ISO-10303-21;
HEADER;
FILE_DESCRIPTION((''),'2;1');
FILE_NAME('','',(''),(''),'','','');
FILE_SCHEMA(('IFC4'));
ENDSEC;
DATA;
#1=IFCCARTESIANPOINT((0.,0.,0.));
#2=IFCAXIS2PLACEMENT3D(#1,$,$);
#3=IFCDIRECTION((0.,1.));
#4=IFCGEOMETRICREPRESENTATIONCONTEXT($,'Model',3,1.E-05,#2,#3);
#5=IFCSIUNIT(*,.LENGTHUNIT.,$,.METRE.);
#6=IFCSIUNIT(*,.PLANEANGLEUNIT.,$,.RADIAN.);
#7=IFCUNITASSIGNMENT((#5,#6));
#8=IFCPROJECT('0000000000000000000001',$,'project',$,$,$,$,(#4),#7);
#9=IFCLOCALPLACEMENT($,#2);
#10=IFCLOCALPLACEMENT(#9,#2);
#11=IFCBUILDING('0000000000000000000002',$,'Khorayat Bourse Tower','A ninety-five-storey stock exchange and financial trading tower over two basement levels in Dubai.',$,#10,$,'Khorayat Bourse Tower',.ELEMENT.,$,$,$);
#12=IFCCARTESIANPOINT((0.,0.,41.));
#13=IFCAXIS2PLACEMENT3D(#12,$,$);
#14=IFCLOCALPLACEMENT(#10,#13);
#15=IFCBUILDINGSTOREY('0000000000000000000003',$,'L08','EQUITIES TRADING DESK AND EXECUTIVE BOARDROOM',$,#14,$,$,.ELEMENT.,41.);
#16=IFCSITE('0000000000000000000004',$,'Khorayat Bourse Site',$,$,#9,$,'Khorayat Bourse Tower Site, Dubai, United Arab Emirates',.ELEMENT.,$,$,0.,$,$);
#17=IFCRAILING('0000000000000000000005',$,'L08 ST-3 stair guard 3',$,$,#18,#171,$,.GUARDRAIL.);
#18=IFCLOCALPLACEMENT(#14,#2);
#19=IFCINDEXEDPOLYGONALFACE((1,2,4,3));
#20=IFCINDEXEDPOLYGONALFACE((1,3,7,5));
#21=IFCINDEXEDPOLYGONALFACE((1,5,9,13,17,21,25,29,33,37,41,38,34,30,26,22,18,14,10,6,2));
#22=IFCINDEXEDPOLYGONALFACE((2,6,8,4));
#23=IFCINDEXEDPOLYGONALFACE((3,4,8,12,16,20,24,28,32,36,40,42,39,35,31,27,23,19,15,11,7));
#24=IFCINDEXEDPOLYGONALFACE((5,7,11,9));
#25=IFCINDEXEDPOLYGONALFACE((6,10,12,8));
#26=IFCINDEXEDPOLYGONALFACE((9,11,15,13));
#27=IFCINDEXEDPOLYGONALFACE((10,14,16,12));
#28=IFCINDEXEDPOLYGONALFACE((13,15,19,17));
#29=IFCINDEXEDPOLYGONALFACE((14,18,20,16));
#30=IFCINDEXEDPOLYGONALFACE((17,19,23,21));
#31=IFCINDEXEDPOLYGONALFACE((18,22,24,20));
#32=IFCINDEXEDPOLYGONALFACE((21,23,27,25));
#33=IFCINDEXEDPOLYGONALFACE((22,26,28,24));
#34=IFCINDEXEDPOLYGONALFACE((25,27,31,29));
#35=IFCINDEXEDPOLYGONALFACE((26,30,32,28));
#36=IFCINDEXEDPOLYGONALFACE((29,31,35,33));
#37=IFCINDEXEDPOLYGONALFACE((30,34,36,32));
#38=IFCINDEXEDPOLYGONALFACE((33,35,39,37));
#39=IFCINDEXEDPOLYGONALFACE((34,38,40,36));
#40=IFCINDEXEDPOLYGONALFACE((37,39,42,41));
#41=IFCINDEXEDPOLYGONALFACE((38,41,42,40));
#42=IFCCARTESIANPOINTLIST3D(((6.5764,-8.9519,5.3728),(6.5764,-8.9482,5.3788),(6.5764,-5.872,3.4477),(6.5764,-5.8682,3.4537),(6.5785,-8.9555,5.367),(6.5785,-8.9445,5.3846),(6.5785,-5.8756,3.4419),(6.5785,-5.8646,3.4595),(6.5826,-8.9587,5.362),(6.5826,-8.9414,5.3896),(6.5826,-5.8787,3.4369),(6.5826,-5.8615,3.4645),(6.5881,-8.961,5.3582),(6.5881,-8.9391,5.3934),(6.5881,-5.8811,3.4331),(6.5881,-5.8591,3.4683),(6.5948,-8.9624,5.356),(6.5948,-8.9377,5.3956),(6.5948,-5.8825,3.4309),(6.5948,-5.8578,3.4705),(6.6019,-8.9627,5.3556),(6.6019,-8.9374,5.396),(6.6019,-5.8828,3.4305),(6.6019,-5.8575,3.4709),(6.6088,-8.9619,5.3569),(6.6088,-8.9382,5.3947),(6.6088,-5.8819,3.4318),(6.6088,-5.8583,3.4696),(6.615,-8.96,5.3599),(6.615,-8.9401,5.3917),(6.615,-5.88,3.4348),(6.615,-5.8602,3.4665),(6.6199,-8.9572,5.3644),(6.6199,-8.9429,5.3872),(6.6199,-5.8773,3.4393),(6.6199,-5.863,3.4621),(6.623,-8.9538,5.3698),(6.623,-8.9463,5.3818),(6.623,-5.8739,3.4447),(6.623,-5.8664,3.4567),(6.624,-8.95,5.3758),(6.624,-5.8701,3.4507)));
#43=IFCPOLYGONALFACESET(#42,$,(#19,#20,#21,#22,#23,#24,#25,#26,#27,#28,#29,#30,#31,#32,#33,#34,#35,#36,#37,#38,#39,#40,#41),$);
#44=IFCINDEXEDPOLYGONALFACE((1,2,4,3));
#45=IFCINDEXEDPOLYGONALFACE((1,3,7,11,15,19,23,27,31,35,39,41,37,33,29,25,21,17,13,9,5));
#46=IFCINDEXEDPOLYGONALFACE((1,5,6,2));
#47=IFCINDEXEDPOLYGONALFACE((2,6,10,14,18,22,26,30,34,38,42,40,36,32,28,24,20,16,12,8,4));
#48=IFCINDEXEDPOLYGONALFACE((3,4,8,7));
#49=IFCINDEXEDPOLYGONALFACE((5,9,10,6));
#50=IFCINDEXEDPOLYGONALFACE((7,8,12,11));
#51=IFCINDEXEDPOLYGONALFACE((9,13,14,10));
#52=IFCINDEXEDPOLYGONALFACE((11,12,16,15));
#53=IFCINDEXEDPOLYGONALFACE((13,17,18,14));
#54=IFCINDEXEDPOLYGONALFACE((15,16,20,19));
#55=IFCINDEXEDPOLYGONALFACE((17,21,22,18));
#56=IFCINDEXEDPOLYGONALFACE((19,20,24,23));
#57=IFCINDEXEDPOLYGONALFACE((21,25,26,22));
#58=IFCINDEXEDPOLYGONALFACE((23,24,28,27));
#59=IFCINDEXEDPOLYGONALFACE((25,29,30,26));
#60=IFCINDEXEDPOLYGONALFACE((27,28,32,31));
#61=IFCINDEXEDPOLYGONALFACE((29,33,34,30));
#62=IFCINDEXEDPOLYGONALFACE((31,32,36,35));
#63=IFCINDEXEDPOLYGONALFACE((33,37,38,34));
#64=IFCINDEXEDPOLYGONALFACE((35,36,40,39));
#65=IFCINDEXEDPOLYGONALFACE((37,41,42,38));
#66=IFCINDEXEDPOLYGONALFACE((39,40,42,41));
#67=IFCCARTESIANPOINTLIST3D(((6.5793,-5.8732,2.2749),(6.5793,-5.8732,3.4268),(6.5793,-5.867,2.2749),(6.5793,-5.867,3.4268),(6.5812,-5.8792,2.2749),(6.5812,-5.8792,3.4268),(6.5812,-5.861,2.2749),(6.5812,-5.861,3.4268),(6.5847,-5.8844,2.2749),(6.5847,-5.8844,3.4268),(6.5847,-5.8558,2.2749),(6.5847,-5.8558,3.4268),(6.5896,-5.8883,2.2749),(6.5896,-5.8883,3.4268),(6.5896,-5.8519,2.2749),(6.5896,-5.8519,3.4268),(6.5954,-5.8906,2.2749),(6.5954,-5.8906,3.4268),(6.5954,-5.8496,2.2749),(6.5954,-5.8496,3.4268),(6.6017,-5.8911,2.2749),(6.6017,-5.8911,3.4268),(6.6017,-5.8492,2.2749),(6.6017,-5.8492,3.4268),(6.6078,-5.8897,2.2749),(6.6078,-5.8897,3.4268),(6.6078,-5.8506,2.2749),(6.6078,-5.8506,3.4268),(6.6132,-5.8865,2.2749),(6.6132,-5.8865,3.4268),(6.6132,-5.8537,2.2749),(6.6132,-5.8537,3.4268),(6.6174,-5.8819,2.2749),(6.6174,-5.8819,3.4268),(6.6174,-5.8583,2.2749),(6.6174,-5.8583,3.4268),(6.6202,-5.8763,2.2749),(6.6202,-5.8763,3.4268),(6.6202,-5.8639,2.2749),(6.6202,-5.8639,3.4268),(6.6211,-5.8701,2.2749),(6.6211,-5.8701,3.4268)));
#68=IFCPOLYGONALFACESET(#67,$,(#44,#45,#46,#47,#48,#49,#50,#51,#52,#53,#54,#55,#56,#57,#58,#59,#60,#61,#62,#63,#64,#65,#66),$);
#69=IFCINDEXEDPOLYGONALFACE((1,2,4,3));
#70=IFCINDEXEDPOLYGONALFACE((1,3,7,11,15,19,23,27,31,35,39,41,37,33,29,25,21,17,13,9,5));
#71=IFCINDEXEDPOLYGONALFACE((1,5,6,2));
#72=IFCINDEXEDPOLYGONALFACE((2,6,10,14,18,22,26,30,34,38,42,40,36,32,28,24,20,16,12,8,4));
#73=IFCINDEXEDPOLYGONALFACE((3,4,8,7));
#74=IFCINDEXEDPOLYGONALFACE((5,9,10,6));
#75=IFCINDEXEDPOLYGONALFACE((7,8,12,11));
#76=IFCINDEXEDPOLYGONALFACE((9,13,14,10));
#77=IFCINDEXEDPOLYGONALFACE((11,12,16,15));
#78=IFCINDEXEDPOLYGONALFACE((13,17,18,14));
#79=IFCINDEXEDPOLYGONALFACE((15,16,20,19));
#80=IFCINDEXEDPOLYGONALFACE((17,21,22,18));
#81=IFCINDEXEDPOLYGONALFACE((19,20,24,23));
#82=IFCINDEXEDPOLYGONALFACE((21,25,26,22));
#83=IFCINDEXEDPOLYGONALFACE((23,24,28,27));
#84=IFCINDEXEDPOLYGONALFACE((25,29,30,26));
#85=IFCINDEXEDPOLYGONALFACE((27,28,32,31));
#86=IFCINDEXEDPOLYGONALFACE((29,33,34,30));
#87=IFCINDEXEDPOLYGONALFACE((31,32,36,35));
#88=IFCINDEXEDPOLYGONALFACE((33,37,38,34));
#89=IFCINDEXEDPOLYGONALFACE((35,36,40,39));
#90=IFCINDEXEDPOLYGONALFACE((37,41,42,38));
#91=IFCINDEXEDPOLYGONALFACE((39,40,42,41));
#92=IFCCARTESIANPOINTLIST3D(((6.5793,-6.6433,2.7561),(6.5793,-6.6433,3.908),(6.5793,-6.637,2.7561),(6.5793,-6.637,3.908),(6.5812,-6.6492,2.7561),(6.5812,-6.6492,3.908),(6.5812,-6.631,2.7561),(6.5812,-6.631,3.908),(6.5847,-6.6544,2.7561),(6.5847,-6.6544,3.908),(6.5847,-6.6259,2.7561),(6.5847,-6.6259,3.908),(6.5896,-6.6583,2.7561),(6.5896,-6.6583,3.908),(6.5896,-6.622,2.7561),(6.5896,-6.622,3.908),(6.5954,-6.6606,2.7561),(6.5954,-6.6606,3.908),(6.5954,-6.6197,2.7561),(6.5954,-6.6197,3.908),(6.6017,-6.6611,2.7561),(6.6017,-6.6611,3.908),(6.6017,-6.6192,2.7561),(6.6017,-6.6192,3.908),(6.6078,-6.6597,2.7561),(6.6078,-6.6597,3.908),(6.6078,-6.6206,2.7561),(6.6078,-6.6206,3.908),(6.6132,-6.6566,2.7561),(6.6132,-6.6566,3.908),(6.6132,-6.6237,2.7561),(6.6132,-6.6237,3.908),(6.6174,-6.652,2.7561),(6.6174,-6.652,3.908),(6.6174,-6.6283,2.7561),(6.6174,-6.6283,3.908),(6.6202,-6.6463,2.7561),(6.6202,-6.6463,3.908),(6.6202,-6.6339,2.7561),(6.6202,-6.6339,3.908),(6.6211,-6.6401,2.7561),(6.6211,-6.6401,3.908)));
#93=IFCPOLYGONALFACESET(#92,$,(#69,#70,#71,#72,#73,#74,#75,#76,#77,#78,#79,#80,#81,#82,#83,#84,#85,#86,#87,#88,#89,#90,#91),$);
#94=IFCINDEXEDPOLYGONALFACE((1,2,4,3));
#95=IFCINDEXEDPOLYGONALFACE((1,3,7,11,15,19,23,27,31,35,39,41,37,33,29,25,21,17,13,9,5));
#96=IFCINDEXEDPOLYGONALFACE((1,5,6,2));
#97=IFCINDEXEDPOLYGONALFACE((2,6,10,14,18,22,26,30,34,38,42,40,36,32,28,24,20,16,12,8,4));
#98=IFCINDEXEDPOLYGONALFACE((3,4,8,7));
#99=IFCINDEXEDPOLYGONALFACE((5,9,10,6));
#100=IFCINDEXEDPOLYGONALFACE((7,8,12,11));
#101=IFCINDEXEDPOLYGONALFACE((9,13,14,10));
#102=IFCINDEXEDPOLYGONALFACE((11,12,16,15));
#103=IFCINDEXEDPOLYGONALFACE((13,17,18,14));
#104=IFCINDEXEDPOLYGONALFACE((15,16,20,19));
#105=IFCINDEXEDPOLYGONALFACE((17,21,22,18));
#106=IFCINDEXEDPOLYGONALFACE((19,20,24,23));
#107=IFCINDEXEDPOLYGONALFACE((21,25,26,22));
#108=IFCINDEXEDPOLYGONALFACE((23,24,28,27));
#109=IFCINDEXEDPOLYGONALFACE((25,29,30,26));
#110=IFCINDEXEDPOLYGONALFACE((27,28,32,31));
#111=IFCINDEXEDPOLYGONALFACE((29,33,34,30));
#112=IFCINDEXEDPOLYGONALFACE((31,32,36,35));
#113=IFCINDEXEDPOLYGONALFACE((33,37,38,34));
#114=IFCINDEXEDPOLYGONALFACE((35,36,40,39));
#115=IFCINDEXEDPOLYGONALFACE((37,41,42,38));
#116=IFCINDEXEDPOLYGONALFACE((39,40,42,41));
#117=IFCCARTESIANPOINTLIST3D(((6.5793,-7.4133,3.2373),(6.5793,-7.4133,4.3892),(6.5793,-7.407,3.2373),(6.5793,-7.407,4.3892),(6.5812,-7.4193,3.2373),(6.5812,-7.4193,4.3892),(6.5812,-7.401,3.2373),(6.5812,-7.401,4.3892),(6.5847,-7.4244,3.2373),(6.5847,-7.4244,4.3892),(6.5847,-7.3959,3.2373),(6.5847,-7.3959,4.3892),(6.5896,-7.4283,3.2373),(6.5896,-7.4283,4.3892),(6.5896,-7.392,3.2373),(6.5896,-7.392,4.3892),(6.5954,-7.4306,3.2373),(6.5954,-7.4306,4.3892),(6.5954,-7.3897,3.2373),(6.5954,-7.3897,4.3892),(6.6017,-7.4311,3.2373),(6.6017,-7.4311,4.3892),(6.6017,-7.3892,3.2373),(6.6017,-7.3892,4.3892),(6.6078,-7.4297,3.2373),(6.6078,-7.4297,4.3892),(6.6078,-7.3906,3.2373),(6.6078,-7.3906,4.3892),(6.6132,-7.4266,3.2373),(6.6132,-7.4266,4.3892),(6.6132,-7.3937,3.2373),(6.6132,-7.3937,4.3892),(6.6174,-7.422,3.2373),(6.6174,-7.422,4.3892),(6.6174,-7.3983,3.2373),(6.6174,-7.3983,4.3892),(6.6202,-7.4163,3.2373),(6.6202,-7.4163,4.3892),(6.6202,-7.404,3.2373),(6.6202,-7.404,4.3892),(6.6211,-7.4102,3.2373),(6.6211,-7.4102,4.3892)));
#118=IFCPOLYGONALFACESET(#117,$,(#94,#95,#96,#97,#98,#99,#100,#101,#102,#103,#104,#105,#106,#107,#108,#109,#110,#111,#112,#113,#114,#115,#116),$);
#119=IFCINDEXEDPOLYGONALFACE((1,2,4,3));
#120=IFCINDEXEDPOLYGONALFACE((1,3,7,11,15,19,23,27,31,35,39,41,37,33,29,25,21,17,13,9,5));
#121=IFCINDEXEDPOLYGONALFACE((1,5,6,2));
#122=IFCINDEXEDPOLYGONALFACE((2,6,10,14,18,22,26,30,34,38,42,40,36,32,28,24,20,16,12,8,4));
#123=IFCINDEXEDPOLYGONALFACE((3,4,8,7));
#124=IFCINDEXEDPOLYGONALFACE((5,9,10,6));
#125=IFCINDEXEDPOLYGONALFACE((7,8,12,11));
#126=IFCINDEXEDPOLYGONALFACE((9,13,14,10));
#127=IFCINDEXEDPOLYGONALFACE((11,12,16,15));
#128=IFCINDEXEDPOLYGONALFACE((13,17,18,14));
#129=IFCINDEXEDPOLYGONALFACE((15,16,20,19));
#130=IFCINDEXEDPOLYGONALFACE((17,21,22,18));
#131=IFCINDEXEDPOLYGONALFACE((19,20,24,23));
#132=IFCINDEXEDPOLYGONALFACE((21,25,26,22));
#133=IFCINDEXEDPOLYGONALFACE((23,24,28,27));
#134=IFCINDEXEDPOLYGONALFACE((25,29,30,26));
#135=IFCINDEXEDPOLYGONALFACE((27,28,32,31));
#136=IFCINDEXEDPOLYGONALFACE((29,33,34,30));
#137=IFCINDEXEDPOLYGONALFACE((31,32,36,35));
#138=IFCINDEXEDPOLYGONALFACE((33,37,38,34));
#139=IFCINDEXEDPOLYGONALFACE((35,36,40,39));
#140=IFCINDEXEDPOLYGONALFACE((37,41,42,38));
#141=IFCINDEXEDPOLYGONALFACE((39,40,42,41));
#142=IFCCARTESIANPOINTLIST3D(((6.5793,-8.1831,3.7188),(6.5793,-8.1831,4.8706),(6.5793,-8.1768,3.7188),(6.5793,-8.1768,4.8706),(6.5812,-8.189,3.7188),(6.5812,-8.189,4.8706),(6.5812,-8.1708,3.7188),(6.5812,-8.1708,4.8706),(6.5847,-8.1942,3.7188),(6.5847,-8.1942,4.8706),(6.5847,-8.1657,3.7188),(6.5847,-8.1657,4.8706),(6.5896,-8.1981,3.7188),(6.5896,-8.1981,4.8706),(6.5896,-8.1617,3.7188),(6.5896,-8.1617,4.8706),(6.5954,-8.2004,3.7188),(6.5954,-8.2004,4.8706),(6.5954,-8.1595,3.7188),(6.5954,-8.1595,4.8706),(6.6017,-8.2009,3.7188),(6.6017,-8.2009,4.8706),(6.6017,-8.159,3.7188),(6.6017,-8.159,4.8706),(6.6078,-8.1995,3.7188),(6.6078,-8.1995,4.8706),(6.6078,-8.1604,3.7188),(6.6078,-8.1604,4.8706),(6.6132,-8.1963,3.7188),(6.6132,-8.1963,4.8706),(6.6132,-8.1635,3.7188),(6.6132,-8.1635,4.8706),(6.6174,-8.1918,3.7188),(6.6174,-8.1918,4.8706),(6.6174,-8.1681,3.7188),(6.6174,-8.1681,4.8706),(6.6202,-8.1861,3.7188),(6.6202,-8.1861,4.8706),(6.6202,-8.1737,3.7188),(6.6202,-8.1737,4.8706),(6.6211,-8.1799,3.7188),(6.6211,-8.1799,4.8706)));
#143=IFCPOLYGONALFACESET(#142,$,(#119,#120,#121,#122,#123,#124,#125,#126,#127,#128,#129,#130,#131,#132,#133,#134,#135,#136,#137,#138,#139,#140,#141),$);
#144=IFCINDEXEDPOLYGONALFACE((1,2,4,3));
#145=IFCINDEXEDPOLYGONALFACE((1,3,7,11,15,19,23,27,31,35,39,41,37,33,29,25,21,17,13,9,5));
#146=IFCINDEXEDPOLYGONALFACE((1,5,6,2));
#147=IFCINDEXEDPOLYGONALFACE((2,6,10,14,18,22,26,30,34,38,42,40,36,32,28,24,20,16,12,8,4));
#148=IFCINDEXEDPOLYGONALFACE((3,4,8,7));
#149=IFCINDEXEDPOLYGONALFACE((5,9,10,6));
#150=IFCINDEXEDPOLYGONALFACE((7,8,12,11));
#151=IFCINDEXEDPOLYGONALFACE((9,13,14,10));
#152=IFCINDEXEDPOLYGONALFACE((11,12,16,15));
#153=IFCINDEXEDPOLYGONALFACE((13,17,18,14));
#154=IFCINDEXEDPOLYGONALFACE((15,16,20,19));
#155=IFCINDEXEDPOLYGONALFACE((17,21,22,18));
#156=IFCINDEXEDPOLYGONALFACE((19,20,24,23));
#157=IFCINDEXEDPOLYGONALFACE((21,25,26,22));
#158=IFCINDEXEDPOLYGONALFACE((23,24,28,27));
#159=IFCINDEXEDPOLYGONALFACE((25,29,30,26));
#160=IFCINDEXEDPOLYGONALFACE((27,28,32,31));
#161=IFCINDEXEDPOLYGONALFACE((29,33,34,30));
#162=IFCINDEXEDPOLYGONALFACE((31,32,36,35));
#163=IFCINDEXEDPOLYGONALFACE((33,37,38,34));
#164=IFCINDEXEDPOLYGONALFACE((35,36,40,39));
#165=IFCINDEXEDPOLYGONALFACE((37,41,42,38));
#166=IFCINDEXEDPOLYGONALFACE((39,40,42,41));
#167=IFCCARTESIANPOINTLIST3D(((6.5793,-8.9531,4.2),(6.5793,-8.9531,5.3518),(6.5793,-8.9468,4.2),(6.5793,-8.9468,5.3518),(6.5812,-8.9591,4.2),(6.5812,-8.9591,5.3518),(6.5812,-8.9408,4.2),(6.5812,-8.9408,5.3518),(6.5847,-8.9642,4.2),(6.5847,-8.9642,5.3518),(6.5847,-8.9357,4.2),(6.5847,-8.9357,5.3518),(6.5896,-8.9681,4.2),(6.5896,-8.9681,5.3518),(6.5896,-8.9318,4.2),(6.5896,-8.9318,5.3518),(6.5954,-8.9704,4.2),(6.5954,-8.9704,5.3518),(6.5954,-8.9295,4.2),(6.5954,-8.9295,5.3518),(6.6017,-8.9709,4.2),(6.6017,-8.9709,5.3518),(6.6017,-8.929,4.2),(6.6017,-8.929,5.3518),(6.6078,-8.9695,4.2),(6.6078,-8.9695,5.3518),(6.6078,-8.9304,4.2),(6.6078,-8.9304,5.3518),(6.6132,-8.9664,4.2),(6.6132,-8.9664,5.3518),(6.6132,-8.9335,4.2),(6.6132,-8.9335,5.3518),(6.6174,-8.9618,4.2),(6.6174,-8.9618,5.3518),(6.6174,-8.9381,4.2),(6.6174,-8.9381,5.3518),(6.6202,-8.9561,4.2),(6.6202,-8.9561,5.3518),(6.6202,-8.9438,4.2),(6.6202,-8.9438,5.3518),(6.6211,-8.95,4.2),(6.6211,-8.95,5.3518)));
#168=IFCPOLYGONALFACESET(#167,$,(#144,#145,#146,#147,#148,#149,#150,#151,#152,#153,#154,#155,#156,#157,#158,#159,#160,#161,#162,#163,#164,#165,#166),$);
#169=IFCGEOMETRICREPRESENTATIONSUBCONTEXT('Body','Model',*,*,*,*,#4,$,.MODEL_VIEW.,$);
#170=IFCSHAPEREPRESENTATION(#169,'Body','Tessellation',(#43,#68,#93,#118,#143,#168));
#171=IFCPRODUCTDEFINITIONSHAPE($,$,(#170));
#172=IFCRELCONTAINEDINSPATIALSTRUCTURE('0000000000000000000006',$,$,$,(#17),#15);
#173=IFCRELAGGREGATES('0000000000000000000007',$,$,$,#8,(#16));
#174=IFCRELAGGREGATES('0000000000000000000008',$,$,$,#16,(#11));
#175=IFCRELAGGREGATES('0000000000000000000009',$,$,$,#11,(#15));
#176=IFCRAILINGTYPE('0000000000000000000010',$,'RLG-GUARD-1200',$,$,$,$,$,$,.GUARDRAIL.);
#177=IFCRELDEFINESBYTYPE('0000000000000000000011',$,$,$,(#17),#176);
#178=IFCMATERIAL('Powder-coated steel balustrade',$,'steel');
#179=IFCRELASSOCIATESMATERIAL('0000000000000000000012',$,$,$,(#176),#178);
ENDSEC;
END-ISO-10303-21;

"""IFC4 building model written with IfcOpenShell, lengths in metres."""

from ifc_helpers import new_model, si_unit, direction, frame, origin, origin_2d, place, context, subcontext, project, spatial, circle, extrude, source, transform, mapped, material, type_object, element, save


model = new_model("IFC4")

# Units and contexts
model_context = context("Model", 3, precision=1e-05, world=origin(), true_north=direction((0.0, 1.0)))
body_context = subcontext(model_context, "Body", "Model", "MODEL_VIEW")
ifc_project = project(units=[si_unit("LENGTHUNIT", "METRE"), si_unit("PLANEANGLEUNIT", "RADIAN")], contexts=[model_context])

# Site, building, storey
site_placement = place(None, origin())
site = spatial("IfcSite", under=ifc_project, at=site_placement, Name="Khorayat Bourse Site", LongName="Khorayat Bourse Tower Site, Dubai, United Arab Emirates", CompositionType="ELEMENT", RefElevation=0.0)
building_placement = place(site_placement, origin())
building = spatial("IfcBuilding", under=site, at=building_placement, Name="Khorayat Bourse Tower", Description="A ninety-five-storey stock exchange and financial trading tower over two basement levels in Dubai.", LongName="Khorayat Bourse Tower", CompositionType="ELEMENT")
storey_placement = place(building_placement, frame((0.0, 0.0, 41.0)))
storey = spatial("IfcBuildingStorey", under=building, at=storey_placement, Name="L08", Description="EQUITIES TRADING DESK AND EXECUTIVE BOARDROOM", CompositionType="ELEMENT", Elevation=41.0)

# Railing
ifc_material_1 = material(Name="Powder-coated steel balustrade", Category="steel")
railing_type_1 = type_object("IfcRailingType", Name="RLG-GUARD-1200", PredefinedType="GUARDRAIL", material=ifc_material_1)
shared_shape_1 = source(origin(), body_context, "Body", "SweptSolid", [
    extrude(circle(Radius=0.0239, at=origin_2d()), frame((0.0, 0.0, 1.1758), z_axis=(0.0, -0.847979, 0.530029), x_axis=(1.0, 0.0, 0.0)), (0.0, 0.0, 1.0), 3.6321),
    extrude(circle(Radius=0.021, at=origin_2d()), origin(), (0.0, 0.0, 1.0), 1.1519),
    extrude(circle(Radius=0.021, at=origin_2d()), frame((0.0, -0.77, 0.4812)), (0.0, 0.0, 1.0), 1.1519),
    extrude(circle(Radius=0.021, at=origin_2d()), frame((0.0, -1.54, 0.9624)), (0.0, 0.0, 1.0), 1.1519),
    extrude(circle(Radius=0.021, at=origin_2d()), frame((0.0, -2.3098, 1.4438)), (0.0, 0.0, 1.0), 1.1519),
    extrude(circle(Radius=0.021, at=origin_2d()), frame((0.0, -3.0798, 1.925)), (0.0, 0.0, 1.0), 1.1519),
])
railing_1_placement = place(storey_placement, frame((6.6001, -5.8701, 2.2749)))
element("IfcRailing", 1, at=railing_1_placement, inside=storey, type_object=railing_type_1, Name="L08 ST-3 stair guard 3", PredefinedType="GUARDRAIL", context=body_context, shape_type="MappedRepresentation", body=[
    mapped(shared_shape_1, transform((0.0, 0.0, 0.0), scale=1.0)),
])

save(model, "model.ifc")
